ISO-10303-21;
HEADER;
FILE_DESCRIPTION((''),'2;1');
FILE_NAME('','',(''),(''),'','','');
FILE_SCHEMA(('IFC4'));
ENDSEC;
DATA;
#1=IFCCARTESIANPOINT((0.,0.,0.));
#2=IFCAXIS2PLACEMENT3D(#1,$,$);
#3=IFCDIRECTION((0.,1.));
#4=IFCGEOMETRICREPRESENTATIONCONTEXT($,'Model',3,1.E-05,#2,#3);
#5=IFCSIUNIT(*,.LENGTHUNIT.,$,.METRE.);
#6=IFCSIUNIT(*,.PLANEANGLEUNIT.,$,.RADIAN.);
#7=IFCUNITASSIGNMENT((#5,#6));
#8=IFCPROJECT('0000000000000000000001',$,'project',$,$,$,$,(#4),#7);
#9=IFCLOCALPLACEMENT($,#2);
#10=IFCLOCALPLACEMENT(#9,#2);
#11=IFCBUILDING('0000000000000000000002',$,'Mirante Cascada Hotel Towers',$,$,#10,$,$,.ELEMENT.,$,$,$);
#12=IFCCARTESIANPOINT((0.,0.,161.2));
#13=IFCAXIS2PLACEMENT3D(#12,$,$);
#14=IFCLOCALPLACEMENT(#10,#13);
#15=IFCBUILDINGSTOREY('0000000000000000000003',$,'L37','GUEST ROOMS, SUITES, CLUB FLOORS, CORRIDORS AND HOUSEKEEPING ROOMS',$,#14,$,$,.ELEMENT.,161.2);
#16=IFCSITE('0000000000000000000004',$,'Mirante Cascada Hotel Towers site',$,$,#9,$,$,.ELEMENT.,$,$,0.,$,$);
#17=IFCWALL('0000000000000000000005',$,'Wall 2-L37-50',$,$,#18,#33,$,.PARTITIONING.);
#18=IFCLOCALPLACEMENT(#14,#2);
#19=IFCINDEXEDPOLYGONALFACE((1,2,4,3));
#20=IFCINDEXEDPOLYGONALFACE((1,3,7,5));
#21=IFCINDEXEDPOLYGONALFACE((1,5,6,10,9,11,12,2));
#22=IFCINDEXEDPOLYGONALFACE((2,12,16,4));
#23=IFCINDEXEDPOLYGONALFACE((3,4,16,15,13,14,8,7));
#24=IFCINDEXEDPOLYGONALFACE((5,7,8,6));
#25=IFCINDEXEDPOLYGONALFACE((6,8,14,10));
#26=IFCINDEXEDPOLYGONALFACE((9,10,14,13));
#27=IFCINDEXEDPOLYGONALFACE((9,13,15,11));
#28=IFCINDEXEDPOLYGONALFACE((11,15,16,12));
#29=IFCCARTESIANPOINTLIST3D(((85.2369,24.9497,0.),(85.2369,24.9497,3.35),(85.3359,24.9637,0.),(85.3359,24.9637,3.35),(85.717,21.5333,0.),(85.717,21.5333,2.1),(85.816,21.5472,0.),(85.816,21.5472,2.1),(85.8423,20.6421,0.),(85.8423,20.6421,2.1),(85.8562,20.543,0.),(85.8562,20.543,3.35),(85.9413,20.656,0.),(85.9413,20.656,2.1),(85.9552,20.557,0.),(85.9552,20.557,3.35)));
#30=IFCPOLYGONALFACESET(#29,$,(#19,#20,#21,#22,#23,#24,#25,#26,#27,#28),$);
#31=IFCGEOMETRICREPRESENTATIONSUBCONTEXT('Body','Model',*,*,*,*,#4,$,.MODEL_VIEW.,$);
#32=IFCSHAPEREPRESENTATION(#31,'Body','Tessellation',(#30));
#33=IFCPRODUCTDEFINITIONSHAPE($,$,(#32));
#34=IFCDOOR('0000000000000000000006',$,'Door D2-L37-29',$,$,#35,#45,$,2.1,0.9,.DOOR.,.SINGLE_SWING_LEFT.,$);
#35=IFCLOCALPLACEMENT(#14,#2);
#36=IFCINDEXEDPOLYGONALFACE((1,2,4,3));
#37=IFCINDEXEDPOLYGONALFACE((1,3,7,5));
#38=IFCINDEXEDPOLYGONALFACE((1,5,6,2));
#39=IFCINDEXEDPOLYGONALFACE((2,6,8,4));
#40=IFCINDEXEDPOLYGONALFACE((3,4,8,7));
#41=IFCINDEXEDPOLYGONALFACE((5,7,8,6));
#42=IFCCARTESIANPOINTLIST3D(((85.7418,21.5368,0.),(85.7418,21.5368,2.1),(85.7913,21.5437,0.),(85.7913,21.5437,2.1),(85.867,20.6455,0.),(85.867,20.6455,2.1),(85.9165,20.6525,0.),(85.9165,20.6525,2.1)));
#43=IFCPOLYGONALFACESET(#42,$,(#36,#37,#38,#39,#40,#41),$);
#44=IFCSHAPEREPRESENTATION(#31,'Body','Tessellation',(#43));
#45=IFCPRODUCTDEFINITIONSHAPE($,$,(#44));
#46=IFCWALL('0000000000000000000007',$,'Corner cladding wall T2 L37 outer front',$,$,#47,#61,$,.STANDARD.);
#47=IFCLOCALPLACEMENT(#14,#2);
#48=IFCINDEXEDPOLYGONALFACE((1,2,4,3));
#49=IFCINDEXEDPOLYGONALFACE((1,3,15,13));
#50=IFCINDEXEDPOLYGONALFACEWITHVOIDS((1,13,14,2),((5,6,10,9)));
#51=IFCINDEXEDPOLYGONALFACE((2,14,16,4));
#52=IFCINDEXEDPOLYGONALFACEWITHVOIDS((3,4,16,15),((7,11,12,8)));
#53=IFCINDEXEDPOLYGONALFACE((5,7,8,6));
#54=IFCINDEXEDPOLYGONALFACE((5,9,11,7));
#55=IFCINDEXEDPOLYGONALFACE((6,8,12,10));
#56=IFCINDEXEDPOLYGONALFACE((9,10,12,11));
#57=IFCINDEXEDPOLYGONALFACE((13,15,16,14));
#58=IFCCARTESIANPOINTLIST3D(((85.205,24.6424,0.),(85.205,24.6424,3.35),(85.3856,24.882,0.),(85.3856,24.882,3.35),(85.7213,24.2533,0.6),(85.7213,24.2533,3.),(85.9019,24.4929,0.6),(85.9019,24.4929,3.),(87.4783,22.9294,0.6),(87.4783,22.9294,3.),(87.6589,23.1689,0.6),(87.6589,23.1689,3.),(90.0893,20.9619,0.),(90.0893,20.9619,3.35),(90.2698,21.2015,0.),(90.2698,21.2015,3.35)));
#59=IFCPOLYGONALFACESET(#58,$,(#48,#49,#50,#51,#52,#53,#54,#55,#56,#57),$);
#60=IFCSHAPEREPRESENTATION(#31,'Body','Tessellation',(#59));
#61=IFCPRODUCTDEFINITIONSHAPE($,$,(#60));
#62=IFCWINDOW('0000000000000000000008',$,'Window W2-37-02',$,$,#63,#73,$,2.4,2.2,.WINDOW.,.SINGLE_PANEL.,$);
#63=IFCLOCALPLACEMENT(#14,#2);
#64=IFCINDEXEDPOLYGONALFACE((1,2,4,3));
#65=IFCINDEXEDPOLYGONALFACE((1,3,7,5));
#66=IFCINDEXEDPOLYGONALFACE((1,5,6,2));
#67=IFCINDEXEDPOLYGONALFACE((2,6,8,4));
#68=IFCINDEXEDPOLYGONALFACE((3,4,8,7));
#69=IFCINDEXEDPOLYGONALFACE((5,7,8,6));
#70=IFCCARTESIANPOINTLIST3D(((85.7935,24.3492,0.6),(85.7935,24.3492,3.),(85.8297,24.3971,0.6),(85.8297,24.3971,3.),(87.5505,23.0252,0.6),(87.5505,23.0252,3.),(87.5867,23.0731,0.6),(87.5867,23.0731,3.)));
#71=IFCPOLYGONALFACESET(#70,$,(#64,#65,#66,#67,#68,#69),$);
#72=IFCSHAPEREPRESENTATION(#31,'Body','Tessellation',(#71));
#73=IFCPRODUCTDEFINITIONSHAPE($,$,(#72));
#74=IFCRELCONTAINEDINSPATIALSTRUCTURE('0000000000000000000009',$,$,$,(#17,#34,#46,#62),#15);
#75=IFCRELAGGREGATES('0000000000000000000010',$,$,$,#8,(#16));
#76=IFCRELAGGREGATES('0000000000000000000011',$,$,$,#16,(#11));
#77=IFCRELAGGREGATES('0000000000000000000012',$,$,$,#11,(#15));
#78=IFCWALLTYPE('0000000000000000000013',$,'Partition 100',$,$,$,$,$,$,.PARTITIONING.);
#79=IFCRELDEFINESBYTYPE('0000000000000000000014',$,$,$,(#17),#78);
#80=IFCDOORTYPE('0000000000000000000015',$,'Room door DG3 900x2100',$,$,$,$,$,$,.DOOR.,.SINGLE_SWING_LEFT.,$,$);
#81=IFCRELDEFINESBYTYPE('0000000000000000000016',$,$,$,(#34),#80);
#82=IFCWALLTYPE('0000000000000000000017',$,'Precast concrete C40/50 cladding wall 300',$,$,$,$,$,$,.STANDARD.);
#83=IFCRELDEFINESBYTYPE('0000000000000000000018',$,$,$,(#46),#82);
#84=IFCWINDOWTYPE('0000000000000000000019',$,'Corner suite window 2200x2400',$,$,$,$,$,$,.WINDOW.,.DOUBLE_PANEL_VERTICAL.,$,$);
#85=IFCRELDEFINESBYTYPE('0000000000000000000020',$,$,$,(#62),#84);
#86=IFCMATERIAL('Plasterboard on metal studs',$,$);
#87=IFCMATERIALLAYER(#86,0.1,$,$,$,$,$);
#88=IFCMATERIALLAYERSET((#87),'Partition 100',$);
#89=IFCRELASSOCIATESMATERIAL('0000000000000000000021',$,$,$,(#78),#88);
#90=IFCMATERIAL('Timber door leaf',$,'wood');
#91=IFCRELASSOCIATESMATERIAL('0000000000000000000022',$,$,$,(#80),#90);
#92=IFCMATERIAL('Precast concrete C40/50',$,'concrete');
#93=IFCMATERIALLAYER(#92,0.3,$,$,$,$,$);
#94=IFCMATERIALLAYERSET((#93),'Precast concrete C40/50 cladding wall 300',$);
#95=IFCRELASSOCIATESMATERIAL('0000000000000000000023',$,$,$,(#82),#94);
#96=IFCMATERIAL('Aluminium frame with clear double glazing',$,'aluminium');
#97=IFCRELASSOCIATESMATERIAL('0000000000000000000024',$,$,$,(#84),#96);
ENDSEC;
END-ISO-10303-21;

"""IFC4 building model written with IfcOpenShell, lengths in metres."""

from ifc_helpers import new_model, si_unit, direction, frame, frame_2d, origin, place, context, subcontext, project, spatial, rectangle, extrude, material, layer, layer_set, type_object, element, fill, save


model = new_model("IFC4")

# Units and contexts
model_context = context("Model", 3, precision=1e-05, world=origin(), true_north=direction((0.0, 1.0)))
body_context = subcontext(model_context, "Body", "Model", "MODEL_VIEW")
ifc_project = project(units=[si_unit("LENGTHUNIT", "METRE"), si_unit("PLANEANGLEUNIT", "RADIAN")], contexts=[model_context])

# Site, building, storey
site_placement = place(None, origin())
site = spatial("IfcSite", under=ifc_project, at=site_placement, Name="Mirante Cascada Hotel Towers site", CompositionType="ELEMENT", RefElevation=0.0)
building_placement = place(site_placement, origin())
building = spatial("IfcBuilding", under=site, at=building_placement, Name="Mirante Cascada Hotel Towers", CompositionType="ELEMENT")
storey_placement = place(building_placement, frame((0.0, 0.0, 161.2)))
storey = spatial("IfcBuildingStorey", under=building, at=storey_placement, Name="L37", Description="GUEST ROOMS, SUITES, CLUB FLOORS, CORRIDORS AND HOUSEKEEPING ROOMS", CompositionType="ELEMENT", Elevation=161.2)

# Shared definitions
ifc_material_1 = material(Name="Plasterboard on metal studs")
ifc_layer_1 = layer(ifc_material_1, 0.1)
ifc_layer_set_1 = layer_set([ifc_layer_1], Name="Partition 100")
wall_type_1 = type_object("IfcWallType", Name="Partition 100", PredefinedType="PARTITIONING", material=ifc_layer_set_1)

# Wall, opening, door
wall_1_placement = place(storey_placement, frame((85.9057, 20.55, 0.0), z_axis=(0.0, 0.0, 1.0), x_axis=(-0.139168, 0.990269, 0.0)))
wall_1 = element("IfcWall", 1, at=wall_1_placement, inside=storey, type_object=wall_type_1, Name="Wall 2-L37-50", PredefinedType="PARTITIONING", context=body_context, shape_type="SweptSolid", body=[
    extrude(rectangle(XDim=4.45, YDim=0.1, at=frame_2d((2.225, 0.0))), origin(), (0.0, 0.0, 1.0), 3.35),
])
opening_1_placement = place(wall_1_placement, frame((0.1, 0.0, 0.0)))
opening_1 = element("IfcOpeningElement", 2, at=opening_1_placement, cuts=wall_1, PredefinedType="OPENING", context=body_context, shape_type="SweptSolid", body=[
    extrude(rectangle(XDim=0.9, YDim=2.1, at=frame_2d((0.45, 1.05))), frame((0.0, 0.05, 0.0), z_axis=(0.0, -1.0, 0.0), x_axis=(1.0, 0.0, 0.0)), (0.0, 0.0, 1.0), 0.1),
])
ifc_material_2 = material(Name="Timber door leaf", Category="wood")
door_type = type_object("IfcDoorType", Name="Room door DG3 900x2100", OperationType="SINGLE_SWING_LEFT", PredefinedType="DOOR", material=ifc_material_2)
door_placement = place(opening_1_placement, origin())
door = element("IfcDoor", 3, at=door_placement, inside=storey, type_object=door_type, Name="Door D2-L37-29", OperationType="SINGLE_SWING_LEFT", OverallHeight=2.1, OverallWidth=0.9, PredefinedType="DOOR", context=body_context, shape_type="SweptSolid", body=[
    extrude(rectangle(XDim=0.9, YDim=2.1, at=frame_2d((0.45, 1.05))), frame((0.0, 0.025, 0.0), z_axis=(0.0, -1.0, 0.0), x_axis=(1.0, 0.0, 0.0)), (0.0, 0.0, 1.0), 0.05),
])
fill(opening_1, door)

# Wall, opening, window
ifc_material_3 = material(Name="Precast concrete C40/50", Category="concrete")
ifc_layer_2 = layer(ifc_material_3, 0.3)
ifc_layer_set_2 = layer_set([ifc_layer_2], Name="Precast concrete C40/50 cladding wall 300")
wall_type_2 = type_object("IfcWallType", Name="Precast concrete C40/50 cladding wall 300", PredefinedType="STANDARD", material=ifc_layer_set_2)
wall_2_placement = place(storey_placement, frame((90.1795, 21.0817, 0.0), z_axis=(0.0, 0.0, 1.0), x_axis=(-0.798636, 0.601814, 0.0)))
wall_2 = element("IfcWall", 4, at=wall_2_placement, inside=storey, type_object=wall_type_2, Name="Corner cladding wall T2 L37 outer front", PredefinedType="STANDARD", context=body_context, shape_type="SweptSolid", body=[
    extrude(rectangle(XDim=6.1157, YDim=0.3, at=frame_2d((3.0578, 0.0))), origin(), (0.0, 0.0, 1.0), 3.35),
])
opening_2_placement = place(wall_2_placement, frame((3.2692, 0.0, 0.6)))
opening_2 = element("IfcOpeningElement", 5, at=opening_2_placement, cuts=wall_2, PredefinedType="OPENING", context=body_context, shape_type="SweptSolid", body=[
    extrude(rectangle(XDim=2.2, YDim=2.4, at=frame_2d((1.1, 1.2))), frame((0.0, 0.15, 0.0), z_axis=(0.0, -1.0, 0.0), x_axis=(1.0, 0.0, 0.0)), (0.0, 0.0, 1.0), 0.3),
])
ifc_material_4 = material(Name="Aluminium frame with clear double glazing", Category="aluminium")
window_type = type_object("IfcWindowType", Name="Corner suite window 2200x2400", PartitioningType="DOUBLE_PANEL_VERTICAL", PredefinedType="WINDOW", material=ifc_material_4)
window_placement = place(opening_2_placement, origin())
window = element("IfcWindow", 6, at=window_placement, inside=storey, type_object=window_type, Name="Window W2-37-02", OverallHeight=2.4, OverallWidth=2.2, PartitioningType="SINGLE_PANEL", PredefinedType="WINDOW", context=body_context, shape_type="SweptSolid", body=[
    extrude(rectangle(XDim=2.2, YDim=2.4, at=frame_2d((1.1, 1.2))), frame((0.0, 0.03, 0.0), z_axis=(0.0, -1.0, 0.0), x_axis=(1.0, 0.0, 0.0)), (0.0, 0.0, 1.0), 0.06),
])
fill(opening_2, window)

save(model, "model.ifc")
